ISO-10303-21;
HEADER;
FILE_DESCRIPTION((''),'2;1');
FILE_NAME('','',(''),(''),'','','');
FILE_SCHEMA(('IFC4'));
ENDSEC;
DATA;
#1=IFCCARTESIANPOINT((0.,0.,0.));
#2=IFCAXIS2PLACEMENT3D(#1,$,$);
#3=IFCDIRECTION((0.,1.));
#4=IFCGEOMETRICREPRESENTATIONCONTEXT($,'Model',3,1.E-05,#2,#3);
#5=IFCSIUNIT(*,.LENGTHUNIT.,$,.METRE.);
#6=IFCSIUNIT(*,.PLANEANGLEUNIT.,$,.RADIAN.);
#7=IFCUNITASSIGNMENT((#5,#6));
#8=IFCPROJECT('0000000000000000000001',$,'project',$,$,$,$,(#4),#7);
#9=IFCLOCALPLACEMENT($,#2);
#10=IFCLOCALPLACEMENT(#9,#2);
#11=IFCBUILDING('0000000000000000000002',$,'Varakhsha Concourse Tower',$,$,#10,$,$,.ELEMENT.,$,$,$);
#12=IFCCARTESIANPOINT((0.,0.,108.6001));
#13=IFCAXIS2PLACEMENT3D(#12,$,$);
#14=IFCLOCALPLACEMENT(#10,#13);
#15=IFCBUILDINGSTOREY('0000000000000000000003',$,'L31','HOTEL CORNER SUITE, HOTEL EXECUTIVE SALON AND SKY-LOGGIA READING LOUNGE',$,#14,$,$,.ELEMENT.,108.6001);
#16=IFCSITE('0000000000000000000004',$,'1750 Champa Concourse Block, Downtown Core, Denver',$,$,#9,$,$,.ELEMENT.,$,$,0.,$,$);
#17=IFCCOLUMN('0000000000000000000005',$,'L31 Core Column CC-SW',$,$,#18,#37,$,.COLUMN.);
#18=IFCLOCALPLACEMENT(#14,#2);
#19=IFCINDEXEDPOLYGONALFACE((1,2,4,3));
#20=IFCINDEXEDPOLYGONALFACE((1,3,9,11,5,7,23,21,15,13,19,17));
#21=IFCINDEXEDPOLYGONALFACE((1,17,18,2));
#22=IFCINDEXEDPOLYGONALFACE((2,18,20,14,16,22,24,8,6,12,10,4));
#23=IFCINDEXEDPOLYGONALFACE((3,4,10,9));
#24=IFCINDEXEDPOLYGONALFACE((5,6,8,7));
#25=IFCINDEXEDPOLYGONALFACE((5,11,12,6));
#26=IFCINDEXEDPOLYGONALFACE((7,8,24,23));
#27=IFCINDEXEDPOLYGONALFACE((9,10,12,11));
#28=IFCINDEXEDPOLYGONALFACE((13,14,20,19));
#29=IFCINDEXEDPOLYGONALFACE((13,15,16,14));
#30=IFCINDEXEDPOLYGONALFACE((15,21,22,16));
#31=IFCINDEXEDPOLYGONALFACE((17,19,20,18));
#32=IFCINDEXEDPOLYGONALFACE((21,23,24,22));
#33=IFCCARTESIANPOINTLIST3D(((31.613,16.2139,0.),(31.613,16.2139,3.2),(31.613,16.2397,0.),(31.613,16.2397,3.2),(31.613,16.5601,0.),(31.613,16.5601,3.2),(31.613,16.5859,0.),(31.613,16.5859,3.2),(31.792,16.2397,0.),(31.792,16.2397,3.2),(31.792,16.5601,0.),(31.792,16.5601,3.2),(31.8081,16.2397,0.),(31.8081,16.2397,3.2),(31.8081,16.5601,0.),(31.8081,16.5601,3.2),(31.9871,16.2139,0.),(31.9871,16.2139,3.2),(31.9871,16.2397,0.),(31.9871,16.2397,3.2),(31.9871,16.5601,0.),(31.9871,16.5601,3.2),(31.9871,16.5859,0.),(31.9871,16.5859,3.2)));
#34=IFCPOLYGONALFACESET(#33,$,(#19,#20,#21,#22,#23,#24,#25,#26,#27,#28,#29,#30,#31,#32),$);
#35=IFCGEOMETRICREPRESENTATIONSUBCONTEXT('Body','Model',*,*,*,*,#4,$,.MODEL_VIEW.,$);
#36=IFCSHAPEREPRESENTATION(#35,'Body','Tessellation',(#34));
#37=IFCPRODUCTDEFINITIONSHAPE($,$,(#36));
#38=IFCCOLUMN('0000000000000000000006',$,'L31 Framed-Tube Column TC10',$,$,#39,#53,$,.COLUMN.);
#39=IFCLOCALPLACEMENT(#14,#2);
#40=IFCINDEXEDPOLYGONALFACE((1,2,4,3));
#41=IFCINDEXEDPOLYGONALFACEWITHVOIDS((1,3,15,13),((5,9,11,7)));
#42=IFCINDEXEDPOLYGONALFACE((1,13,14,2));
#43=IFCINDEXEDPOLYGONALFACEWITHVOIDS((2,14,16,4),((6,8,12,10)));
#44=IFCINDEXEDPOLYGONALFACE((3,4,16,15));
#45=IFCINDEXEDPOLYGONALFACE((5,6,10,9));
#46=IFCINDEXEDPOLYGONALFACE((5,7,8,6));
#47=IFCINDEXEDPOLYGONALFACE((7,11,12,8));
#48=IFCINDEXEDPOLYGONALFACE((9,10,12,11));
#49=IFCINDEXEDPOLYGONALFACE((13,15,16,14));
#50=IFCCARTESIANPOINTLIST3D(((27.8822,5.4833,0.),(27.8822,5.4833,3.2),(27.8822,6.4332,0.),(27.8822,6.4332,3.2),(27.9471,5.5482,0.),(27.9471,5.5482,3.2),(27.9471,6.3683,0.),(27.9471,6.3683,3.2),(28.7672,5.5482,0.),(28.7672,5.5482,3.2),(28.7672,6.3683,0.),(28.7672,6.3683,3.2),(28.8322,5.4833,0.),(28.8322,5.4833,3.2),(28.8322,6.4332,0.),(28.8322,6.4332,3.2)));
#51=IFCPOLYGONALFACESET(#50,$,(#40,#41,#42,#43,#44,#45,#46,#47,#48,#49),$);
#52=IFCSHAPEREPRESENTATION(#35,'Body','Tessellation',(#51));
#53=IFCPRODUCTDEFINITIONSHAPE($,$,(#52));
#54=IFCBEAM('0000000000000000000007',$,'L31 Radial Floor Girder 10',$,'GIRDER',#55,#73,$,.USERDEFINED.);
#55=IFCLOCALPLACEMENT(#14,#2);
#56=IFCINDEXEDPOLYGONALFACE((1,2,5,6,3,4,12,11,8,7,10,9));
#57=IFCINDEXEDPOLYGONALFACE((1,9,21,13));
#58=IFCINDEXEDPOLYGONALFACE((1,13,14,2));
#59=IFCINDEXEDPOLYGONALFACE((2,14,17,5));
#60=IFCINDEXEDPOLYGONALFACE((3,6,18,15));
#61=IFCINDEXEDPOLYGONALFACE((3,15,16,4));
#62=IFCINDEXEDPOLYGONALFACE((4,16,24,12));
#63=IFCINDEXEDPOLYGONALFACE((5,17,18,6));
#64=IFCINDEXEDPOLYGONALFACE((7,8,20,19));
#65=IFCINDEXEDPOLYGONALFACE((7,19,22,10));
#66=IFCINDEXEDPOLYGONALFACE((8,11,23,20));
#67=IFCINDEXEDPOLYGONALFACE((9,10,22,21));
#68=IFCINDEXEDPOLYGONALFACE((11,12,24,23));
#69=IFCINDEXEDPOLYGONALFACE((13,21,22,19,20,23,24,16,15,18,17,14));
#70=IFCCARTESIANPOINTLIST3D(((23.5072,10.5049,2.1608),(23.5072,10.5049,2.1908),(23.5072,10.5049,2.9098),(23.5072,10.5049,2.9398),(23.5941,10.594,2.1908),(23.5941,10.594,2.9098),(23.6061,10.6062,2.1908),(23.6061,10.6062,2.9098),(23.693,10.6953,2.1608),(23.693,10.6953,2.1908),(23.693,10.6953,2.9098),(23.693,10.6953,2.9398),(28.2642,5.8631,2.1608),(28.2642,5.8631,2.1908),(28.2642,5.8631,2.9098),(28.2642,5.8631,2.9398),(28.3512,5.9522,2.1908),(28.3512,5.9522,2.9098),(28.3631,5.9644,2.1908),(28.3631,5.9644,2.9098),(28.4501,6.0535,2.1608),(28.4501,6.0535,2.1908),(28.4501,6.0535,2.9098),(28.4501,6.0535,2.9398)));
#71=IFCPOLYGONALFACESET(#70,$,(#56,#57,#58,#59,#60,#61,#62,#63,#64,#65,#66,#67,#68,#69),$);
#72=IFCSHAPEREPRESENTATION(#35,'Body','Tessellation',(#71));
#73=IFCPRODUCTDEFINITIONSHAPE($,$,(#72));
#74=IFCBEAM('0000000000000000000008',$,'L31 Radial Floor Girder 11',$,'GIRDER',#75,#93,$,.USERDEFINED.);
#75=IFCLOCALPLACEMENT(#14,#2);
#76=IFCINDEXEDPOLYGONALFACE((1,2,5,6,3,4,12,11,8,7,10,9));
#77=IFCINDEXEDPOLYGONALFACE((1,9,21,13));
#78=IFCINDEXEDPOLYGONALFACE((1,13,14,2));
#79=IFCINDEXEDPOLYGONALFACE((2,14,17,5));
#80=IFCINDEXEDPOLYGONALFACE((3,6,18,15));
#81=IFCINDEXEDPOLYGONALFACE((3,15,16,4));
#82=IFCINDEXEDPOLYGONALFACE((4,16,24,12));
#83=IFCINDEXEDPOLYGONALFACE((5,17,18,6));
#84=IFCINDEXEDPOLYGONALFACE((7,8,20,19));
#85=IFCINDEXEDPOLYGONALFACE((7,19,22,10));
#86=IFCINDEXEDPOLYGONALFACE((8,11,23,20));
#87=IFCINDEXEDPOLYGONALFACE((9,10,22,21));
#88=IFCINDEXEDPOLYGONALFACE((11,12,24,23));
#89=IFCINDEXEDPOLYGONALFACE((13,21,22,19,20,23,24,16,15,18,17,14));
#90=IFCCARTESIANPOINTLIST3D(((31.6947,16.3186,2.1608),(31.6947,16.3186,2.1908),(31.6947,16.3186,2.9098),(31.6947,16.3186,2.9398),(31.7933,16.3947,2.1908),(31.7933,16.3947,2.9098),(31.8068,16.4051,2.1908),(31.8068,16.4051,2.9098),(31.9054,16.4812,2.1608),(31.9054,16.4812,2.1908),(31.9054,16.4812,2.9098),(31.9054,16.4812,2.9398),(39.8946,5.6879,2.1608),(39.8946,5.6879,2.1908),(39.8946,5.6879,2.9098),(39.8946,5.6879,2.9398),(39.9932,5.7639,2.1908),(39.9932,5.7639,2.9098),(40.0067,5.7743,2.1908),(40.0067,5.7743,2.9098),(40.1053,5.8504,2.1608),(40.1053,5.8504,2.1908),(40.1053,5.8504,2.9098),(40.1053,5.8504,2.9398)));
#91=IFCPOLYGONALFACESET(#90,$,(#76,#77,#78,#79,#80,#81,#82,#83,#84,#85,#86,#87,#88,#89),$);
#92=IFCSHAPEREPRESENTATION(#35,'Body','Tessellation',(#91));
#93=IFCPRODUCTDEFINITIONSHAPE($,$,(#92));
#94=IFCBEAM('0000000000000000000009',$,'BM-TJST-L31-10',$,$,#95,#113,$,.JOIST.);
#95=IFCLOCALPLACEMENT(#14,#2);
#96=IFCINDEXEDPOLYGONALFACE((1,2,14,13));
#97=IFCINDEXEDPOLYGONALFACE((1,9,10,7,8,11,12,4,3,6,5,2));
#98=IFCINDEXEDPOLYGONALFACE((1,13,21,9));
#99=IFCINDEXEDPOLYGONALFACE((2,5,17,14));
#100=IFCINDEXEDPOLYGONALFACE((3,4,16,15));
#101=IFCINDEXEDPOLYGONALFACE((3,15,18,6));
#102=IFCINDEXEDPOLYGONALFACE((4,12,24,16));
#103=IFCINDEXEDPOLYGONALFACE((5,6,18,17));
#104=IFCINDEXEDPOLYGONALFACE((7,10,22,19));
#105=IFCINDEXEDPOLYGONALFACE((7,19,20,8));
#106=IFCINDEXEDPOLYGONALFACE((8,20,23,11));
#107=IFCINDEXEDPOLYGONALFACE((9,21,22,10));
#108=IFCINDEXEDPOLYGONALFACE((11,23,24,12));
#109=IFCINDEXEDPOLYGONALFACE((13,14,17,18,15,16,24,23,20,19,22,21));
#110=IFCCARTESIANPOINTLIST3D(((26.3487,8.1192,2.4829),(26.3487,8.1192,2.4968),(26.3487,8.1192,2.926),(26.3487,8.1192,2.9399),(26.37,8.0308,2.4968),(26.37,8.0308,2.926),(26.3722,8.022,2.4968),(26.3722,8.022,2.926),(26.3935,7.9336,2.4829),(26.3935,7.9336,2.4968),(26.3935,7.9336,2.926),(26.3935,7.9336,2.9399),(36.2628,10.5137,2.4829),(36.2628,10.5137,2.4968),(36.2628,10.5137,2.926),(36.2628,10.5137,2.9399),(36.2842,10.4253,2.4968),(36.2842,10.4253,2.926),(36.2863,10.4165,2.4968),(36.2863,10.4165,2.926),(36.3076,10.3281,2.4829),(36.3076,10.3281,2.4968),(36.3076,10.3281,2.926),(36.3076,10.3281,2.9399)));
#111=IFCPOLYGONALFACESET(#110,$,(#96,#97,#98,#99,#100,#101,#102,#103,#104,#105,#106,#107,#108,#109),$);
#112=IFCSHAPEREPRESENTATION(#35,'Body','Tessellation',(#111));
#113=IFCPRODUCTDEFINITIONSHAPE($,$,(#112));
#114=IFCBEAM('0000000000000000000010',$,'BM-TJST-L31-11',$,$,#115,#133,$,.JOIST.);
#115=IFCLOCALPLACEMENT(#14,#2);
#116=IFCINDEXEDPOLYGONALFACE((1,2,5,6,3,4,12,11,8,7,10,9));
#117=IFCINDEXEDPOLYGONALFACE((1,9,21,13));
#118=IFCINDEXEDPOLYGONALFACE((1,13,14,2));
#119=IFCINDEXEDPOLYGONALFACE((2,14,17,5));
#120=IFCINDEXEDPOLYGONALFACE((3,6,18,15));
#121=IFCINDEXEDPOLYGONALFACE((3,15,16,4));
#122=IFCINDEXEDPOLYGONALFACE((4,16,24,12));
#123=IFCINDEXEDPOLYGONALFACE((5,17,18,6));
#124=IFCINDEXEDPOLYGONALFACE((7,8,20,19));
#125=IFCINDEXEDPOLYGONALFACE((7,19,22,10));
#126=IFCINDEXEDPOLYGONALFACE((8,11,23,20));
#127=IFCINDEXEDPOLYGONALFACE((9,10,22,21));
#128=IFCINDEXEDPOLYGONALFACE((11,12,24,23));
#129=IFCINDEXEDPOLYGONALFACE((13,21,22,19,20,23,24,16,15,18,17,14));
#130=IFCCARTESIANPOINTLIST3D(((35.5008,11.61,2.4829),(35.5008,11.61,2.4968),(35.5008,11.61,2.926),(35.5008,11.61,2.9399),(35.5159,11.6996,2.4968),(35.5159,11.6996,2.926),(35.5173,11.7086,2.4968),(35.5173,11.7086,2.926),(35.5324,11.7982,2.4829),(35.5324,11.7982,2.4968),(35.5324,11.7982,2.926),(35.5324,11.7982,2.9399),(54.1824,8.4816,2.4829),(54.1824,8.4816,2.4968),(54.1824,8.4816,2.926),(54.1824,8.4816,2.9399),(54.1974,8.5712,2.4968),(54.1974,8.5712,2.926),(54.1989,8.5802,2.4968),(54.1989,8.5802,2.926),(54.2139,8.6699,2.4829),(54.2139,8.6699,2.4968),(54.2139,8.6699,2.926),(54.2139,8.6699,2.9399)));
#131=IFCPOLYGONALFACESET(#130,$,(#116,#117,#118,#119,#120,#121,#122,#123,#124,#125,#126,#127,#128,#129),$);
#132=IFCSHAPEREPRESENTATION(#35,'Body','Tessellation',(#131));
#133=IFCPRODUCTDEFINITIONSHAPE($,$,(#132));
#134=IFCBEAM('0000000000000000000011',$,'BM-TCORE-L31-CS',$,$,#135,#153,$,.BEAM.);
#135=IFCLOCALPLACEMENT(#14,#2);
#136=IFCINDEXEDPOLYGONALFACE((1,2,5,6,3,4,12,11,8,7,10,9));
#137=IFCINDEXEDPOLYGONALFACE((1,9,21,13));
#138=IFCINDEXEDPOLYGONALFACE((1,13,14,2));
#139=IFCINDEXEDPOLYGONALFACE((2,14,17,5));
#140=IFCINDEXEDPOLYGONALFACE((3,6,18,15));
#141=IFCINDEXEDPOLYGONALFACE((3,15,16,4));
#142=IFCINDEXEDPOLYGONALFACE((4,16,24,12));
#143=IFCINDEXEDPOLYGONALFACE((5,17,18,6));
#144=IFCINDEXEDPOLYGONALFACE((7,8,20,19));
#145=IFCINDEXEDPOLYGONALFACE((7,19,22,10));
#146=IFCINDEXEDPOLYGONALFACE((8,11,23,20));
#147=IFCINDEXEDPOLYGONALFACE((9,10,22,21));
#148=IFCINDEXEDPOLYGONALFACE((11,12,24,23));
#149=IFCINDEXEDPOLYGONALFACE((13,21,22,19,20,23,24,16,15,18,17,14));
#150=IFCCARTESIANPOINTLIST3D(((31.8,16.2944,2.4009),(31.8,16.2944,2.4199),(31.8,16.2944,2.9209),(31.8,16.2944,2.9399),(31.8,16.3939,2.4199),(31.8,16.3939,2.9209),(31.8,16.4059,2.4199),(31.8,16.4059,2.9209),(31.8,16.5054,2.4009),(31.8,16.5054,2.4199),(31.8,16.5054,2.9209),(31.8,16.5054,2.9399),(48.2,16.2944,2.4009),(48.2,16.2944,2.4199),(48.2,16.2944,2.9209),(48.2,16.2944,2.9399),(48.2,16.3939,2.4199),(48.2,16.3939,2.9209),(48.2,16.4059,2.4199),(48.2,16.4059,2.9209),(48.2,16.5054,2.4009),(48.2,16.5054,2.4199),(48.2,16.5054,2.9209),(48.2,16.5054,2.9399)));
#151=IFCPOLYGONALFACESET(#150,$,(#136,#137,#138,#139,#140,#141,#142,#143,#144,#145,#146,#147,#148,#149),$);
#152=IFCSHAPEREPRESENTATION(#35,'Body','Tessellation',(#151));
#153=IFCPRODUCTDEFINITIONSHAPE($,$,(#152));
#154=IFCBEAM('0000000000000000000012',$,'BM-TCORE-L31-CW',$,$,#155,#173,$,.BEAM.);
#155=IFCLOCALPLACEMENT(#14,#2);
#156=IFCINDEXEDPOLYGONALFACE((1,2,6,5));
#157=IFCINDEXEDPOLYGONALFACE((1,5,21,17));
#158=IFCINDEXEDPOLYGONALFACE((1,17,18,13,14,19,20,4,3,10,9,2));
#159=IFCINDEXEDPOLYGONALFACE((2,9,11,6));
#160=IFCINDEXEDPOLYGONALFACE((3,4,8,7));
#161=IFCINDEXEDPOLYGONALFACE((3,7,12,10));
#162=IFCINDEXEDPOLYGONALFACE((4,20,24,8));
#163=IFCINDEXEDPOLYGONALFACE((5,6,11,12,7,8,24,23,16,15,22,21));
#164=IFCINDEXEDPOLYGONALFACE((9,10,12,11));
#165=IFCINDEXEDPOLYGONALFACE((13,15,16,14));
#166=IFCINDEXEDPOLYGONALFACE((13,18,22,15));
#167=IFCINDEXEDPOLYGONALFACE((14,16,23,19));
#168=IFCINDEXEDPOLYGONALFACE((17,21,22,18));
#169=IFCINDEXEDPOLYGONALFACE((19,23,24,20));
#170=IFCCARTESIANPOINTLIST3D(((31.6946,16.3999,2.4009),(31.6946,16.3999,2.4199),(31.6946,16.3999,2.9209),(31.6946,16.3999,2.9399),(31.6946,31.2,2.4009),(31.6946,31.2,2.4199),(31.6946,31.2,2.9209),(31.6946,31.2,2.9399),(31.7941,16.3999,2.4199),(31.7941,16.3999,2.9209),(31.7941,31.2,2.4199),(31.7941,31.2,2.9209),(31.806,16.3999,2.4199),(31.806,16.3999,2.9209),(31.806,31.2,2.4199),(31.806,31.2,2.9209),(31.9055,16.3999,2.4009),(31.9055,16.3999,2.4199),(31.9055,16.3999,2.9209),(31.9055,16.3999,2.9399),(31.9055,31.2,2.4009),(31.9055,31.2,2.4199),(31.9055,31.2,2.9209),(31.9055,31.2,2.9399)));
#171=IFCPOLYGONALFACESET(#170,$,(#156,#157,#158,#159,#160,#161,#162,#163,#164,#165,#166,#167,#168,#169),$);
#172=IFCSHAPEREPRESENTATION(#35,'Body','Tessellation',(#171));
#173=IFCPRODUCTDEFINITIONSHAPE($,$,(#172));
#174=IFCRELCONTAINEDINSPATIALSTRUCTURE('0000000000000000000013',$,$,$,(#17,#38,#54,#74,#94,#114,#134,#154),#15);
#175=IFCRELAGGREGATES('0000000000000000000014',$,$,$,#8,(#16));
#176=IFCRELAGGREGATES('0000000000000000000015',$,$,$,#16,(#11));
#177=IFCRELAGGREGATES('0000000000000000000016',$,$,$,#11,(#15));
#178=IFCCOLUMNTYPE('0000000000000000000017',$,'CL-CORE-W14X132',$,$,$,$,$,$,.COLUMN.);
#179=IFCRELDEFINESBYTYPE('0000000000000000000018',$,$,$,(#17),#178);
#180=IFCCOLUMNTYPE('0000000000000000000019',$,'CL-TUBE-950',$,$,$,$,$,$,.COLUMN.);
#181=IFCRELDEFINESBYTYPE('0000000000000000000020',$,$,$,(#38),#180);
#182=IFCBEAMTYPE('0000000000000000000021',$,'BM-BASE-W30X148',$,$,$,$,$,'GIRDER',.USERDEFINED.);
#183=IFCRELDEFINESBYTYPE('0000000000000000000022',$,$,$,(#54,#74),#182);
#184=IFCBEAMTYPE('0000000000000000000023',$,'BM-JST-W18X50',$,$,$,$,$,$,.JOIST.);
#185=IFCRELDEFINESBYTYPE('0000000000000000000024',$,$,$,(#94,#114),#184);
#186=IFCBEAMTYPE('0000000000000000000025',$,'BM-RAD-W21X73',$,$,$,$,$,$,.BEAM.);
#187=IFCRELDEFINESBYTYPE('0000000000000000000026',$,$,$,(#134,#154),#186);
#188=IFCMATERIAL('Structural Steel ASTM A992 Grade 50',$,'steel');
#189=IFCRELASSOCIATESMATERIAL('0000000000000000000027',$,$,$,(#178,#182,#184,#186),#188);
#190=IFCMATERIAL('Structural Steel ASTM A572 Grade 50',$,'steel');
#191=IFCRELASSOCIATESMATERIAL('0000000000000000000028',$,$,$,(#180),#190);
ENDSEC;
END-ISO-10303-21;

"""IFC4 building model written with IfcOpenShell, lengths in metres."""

from ifc_helpers import new_model, si_unit, direction, frame, origin, origin_2d, place, context, subcontext, project, spatial, hollow_rectangle, i_section, extrude, material, material_profile, profile_set, type_object, element, save


model = new_model("IFC4")

# Units and contexts
model_context = context("Model", 3, precision=1e-05, world=origin(), true_north=direction((0.0, 1.0)))
body_context = subcontext(model_context, "Body", "Model", "MODEL_VIEW")
ifc_project = project(units=[si_unit("LENGTHUNIT", "METRE"), si_unit("PLANEANGLEUNIT", "RADIAN")], contexts=[model_context])

# Site, building, storey
site_placement = place(None, origin())
site = spatial("IfcSite", under=ifc_project, at=site_placement, Name="1750 Champa Concourse Block, Downtown Core, Denver", CompositionType="ELEMENT", RefElevation=0.0)
building_placement = place(site_placement, origin())
building = spatial("IfcBuilding", under=site, at=building_placement, Name="Varakhsha Concourse Tower", CompositionType="ELEMENT")
storey_placement = place(building_placement, frame((0.0, 0.0, 108.6001)))
storey = spatial("IfcBuildingStorey", under=building, at=storey_placement, Name="L31", Description="HOTEL CORNER SUITE, HOTEL EXECUTIVE SALON AND SKY-LOGGIA READING LOUNGE", CompositionType="ELEMENT", Elevation=108.6001)

# Columns
ifc_material_1 = material(Name="Structural Steel ASTM A992 Grade 50", Category="steel")
ifc_material_profile_1 = material_profile(ifc_material_1, i_section(OverallWidth=0.374, OverallDepth=0.3721, WebThickness=0.0161, FlangeThickness=0.0259, at=origin_2d()), Name="W14X132")
ifc_profile_set_1 = profile_set([ifc_material_profile_1], Name="Structural Steel ASTM A992 Grade 50")
column_type_1 = type_object("IfcColumnType", Name="CL-CORE-W14X132", PredefinedType="COLUMN", material=ifc_profile_set_1)
column_1_placement = place(storey_placement, frame((31.8, 16.3999, 0.0), z_axis=(0.0, 0.0, 1.0), x_axis=(1.0, 0.0, 0.0)))
element("IfcColumn", 1, at=column_1_placement, inside=storey, type_object=column_type_1, Name="L31 Core Column CC-SW", PredefinedType="COLUMN", context=body_context, shape_type="SweptSolid", body=[
    extrude(i_section(OverallWidth=0.374, OverallDepth=0.3721, WebThickness=0.0161, FlangeThickness=0.0259, at=origin_2d()), origin(), (0.0, 0.0, 1.0), 3.2),
])
ifc_material_2 = material(Name="Structural Steel ASTM A572 Grade 50", Category="steel")
ifc_material_profile_2 = material_profile(ifc_material_2, hollow_rectangle(XDim=0.95, YDim=0.95, WallThickness=0.0649, at=origin_2d()), Name="BOX 950x950x65")
ifc_profile_set_2 = profile_set([ifc_material_profile_2], Name="Structural Steel ASTM A572 Grade 50")
column_type_2 = type_object("IfcColumnType", Name="CL-TUBE-950", PredefinedType="COLUMN", material=ifc_profile_set_2)
column_2_placement = place(storey_placement, frame((28.3572, 5.9583, 0.0), z_axis=(0.0, 0.0, 1.0), x_axis=(1.0, 0.0, 0.0)))
element("IfcColumn", 2, at=column_2_placement, inside=storey, type_object=column_type_2, Name="L31 Framed-Tube Column TC10", PredefinedType="COLUMN", context=body_context, shape_type="SweptSolid", body=[
    extrude(hollow_rectangle(XDim=0.95, YDim=0.95, WallThickness=0.0649, at=origin_2d()), origin(), (0.0, 0.0, 1.0), 3.2),
])

# Beams
ifc_material_profile_3 = material_profile(ifc_material_1, i_section(OverallWidth=0.2661, OverallDepth=0.7791, WebThickness=0.0171, FlangeThickness=0.03, at=origin_2d()), Name="W30X148")
ifc_profile_set_3 = profile_set([ifc_material_profile_3], Name="Structural Steel ASTM A992 Grade 50")
beam_type_1 = type_object("IfcBeamType", Name="BM-BASE-W30X148", ElementType="GIRDER", PredefinedType="USERDEFINED", material=ifc_profile_set_3)
beam_1_placement = place(storey_placement, frame((23.6001, 10.6001, 2.5503), z_axis=(0.715722, -0.698385, 0.0), x_axis=(0.698385, 0.715722, 0.0)))
element("IfcBeam", 3, at=beam_1_placement, inside=storey, type_object=beam_type_1, Name="L31 Radial Floor Girder 10", ObjectType="GIRDER", PredefinedType="USERDEFINED", context=body_context, shape_type="SweptSolid", body=[
    extrude(i_section(OverallWidth=0.2661, OverallDepth=0.7791, WebThickness=0.0171, FlangeThickness=0.03, at=origin_2d()), origin(), (0.0, 0.0, 1.0), 6.6465),
])
beam_2_placement = place(storey_placement, frame((31.8, 16.3999, 2.5503), z_axis=(0.610757, -0.791818, 0.0), x_axis=(0.791818, 0.610757, 0.0)))
element("IfcBeam", 4, at=beam_2_placement, inside=storey, type_object=beam_type_1, Name="L31 Radial Floor Girder 11", ObjectType="GIRDER", PredefinedType="USERDEFINED", context=body_context, shape_type="SweptSolid", body=[
    extrude(i_section(OverallWidth=0.2661, OverallDepth=0.7791, WebThickness=0.0171, FlangeThickness=0.03, at=origin_2d()), origin(), (0.0, 0.0, 1.0), 13.4258),
])
ifc_material_profile_4 = material_profile(ifc_material_1, i_section(OverallWidth=0.1909, OverallDepth=0.457, WebThickness=0.009, FlangeThickness=0.0139, at=origin_2d()), Name="W18X50")
ifc_profile_set_4 = profile_set([ifc_material_profile_4], Name="Structural Steel ASTM A992 Grade 50")
beam_type_2 = type_object("IfcBeamType", Name="BM-JST-W18X50", PredefinedType="JOIST", material=ifc_profile_set_4)
beam_3_placement = place(storey_placement, frame((26.3711, 8.0264, 2.7114), z_axis=(0.972049, 0.234778, 0.0), x_axis=(-0.234778, 0.972049, 0.0)))
element("IfcBeam", 5, at=beam_3_placement, inside=storey, type_object=beam_type_2, Name="BM-TJST-L31-10", PredefinedType="JOIST", context=body_context, shape_type="SweptSolid", body=[
    extrude(i_section(OverallWidth=0.1909, OverallDepth=0.457, WebThickness=0.009, FlangeThickness=0.0139, at=origin_2d()), origin(), (0.0, 0.0, 1.0), 10.1992),
])
beam_4_placement = place(storey_placement, frame((35.5166, 11.7041, 2.7114), z_axis=(0.986267, -0.16516, 0.0), x_axis=(0.16516, 0.986267, 0.0)))
element("IfcBeam", 6, at=beam_4_placement, inside=storey, type_object=beam_type_2, Name="BM-TJST-L31-11", PredefinedType="JOIST", context=body_context, shape_type="SweptSolid", body=[
    extrude(i_section(OverallWidth=0.1909, OverallDepth=0.457, WebThickness=0.009, FlangeThickness=0.0139, at=origin_2d()), origin(), (0.0, 0.0, 1.0), 18.9417),
])
ifc_material_profile_5 = material_profile(ifc_material_1, i_section(OverallWidth=0.2109, OverallDepth=0.5391, WebThickness=0.012, FlangeThickness=0.019, at=origin_2d()), Name="W21X73")
ifc_profile_set_5 = profile_set([ifc_material_profile_5], Name="Structural Steel ASTM A992 Grade 50")
beam_type_3 = type_object("IfcBeamType", Name="BM-RAD-W21X73", PredefinedType="BEAM", material=ifc_profile_set_5)
beam_5_placement = place(storey_placement, frame((31.8, 16.3999, 2.6704), z_axis=(1.0, 0.0, 0.0), x_axis=(0.0, 1.0, 0.0)))
element("IfcBeam", 7, at=beam_5_placement, inside=storey, type_object=beam_type_3, Name="BM-TCORE-L31-CS", PredefinedType="BEAM", context=body_context, shape_type="SweptSolid", body=[
    extrude(i_section(OverallWidth=0.2109, OverallDepth=0.5391, WebThickness=0.012, FlangeThickness=0.019, at=origin_2d()), origin(), (0.0, 0.0, 1.0), 16.3999),
])
beam_6_placement = place(storey_placement, frame((31.8, 16.3999, 2.6704), z_axis=(0.0, 1.0, 0.0), x_axis=(-1.0, 0.0, 0.0)))
element("IfcBeam", 8, at=beam_6_placement, inside=storey, type_object=beam_type_3, Name="BM-TCORE-L31-CW", PredefinedType="BEAM", context=body_context, shape_type="SweptSolid", body=[
    extrude(i_section(OverallWidth=0.2109, OverallDepth=0.5391, WebThickness=0.012, FlangeThickness=0.019, at=origin_2d()), origin(), (0.0, 0.0, 1.0), 14.8),
])

save(model, "model.ifc")
